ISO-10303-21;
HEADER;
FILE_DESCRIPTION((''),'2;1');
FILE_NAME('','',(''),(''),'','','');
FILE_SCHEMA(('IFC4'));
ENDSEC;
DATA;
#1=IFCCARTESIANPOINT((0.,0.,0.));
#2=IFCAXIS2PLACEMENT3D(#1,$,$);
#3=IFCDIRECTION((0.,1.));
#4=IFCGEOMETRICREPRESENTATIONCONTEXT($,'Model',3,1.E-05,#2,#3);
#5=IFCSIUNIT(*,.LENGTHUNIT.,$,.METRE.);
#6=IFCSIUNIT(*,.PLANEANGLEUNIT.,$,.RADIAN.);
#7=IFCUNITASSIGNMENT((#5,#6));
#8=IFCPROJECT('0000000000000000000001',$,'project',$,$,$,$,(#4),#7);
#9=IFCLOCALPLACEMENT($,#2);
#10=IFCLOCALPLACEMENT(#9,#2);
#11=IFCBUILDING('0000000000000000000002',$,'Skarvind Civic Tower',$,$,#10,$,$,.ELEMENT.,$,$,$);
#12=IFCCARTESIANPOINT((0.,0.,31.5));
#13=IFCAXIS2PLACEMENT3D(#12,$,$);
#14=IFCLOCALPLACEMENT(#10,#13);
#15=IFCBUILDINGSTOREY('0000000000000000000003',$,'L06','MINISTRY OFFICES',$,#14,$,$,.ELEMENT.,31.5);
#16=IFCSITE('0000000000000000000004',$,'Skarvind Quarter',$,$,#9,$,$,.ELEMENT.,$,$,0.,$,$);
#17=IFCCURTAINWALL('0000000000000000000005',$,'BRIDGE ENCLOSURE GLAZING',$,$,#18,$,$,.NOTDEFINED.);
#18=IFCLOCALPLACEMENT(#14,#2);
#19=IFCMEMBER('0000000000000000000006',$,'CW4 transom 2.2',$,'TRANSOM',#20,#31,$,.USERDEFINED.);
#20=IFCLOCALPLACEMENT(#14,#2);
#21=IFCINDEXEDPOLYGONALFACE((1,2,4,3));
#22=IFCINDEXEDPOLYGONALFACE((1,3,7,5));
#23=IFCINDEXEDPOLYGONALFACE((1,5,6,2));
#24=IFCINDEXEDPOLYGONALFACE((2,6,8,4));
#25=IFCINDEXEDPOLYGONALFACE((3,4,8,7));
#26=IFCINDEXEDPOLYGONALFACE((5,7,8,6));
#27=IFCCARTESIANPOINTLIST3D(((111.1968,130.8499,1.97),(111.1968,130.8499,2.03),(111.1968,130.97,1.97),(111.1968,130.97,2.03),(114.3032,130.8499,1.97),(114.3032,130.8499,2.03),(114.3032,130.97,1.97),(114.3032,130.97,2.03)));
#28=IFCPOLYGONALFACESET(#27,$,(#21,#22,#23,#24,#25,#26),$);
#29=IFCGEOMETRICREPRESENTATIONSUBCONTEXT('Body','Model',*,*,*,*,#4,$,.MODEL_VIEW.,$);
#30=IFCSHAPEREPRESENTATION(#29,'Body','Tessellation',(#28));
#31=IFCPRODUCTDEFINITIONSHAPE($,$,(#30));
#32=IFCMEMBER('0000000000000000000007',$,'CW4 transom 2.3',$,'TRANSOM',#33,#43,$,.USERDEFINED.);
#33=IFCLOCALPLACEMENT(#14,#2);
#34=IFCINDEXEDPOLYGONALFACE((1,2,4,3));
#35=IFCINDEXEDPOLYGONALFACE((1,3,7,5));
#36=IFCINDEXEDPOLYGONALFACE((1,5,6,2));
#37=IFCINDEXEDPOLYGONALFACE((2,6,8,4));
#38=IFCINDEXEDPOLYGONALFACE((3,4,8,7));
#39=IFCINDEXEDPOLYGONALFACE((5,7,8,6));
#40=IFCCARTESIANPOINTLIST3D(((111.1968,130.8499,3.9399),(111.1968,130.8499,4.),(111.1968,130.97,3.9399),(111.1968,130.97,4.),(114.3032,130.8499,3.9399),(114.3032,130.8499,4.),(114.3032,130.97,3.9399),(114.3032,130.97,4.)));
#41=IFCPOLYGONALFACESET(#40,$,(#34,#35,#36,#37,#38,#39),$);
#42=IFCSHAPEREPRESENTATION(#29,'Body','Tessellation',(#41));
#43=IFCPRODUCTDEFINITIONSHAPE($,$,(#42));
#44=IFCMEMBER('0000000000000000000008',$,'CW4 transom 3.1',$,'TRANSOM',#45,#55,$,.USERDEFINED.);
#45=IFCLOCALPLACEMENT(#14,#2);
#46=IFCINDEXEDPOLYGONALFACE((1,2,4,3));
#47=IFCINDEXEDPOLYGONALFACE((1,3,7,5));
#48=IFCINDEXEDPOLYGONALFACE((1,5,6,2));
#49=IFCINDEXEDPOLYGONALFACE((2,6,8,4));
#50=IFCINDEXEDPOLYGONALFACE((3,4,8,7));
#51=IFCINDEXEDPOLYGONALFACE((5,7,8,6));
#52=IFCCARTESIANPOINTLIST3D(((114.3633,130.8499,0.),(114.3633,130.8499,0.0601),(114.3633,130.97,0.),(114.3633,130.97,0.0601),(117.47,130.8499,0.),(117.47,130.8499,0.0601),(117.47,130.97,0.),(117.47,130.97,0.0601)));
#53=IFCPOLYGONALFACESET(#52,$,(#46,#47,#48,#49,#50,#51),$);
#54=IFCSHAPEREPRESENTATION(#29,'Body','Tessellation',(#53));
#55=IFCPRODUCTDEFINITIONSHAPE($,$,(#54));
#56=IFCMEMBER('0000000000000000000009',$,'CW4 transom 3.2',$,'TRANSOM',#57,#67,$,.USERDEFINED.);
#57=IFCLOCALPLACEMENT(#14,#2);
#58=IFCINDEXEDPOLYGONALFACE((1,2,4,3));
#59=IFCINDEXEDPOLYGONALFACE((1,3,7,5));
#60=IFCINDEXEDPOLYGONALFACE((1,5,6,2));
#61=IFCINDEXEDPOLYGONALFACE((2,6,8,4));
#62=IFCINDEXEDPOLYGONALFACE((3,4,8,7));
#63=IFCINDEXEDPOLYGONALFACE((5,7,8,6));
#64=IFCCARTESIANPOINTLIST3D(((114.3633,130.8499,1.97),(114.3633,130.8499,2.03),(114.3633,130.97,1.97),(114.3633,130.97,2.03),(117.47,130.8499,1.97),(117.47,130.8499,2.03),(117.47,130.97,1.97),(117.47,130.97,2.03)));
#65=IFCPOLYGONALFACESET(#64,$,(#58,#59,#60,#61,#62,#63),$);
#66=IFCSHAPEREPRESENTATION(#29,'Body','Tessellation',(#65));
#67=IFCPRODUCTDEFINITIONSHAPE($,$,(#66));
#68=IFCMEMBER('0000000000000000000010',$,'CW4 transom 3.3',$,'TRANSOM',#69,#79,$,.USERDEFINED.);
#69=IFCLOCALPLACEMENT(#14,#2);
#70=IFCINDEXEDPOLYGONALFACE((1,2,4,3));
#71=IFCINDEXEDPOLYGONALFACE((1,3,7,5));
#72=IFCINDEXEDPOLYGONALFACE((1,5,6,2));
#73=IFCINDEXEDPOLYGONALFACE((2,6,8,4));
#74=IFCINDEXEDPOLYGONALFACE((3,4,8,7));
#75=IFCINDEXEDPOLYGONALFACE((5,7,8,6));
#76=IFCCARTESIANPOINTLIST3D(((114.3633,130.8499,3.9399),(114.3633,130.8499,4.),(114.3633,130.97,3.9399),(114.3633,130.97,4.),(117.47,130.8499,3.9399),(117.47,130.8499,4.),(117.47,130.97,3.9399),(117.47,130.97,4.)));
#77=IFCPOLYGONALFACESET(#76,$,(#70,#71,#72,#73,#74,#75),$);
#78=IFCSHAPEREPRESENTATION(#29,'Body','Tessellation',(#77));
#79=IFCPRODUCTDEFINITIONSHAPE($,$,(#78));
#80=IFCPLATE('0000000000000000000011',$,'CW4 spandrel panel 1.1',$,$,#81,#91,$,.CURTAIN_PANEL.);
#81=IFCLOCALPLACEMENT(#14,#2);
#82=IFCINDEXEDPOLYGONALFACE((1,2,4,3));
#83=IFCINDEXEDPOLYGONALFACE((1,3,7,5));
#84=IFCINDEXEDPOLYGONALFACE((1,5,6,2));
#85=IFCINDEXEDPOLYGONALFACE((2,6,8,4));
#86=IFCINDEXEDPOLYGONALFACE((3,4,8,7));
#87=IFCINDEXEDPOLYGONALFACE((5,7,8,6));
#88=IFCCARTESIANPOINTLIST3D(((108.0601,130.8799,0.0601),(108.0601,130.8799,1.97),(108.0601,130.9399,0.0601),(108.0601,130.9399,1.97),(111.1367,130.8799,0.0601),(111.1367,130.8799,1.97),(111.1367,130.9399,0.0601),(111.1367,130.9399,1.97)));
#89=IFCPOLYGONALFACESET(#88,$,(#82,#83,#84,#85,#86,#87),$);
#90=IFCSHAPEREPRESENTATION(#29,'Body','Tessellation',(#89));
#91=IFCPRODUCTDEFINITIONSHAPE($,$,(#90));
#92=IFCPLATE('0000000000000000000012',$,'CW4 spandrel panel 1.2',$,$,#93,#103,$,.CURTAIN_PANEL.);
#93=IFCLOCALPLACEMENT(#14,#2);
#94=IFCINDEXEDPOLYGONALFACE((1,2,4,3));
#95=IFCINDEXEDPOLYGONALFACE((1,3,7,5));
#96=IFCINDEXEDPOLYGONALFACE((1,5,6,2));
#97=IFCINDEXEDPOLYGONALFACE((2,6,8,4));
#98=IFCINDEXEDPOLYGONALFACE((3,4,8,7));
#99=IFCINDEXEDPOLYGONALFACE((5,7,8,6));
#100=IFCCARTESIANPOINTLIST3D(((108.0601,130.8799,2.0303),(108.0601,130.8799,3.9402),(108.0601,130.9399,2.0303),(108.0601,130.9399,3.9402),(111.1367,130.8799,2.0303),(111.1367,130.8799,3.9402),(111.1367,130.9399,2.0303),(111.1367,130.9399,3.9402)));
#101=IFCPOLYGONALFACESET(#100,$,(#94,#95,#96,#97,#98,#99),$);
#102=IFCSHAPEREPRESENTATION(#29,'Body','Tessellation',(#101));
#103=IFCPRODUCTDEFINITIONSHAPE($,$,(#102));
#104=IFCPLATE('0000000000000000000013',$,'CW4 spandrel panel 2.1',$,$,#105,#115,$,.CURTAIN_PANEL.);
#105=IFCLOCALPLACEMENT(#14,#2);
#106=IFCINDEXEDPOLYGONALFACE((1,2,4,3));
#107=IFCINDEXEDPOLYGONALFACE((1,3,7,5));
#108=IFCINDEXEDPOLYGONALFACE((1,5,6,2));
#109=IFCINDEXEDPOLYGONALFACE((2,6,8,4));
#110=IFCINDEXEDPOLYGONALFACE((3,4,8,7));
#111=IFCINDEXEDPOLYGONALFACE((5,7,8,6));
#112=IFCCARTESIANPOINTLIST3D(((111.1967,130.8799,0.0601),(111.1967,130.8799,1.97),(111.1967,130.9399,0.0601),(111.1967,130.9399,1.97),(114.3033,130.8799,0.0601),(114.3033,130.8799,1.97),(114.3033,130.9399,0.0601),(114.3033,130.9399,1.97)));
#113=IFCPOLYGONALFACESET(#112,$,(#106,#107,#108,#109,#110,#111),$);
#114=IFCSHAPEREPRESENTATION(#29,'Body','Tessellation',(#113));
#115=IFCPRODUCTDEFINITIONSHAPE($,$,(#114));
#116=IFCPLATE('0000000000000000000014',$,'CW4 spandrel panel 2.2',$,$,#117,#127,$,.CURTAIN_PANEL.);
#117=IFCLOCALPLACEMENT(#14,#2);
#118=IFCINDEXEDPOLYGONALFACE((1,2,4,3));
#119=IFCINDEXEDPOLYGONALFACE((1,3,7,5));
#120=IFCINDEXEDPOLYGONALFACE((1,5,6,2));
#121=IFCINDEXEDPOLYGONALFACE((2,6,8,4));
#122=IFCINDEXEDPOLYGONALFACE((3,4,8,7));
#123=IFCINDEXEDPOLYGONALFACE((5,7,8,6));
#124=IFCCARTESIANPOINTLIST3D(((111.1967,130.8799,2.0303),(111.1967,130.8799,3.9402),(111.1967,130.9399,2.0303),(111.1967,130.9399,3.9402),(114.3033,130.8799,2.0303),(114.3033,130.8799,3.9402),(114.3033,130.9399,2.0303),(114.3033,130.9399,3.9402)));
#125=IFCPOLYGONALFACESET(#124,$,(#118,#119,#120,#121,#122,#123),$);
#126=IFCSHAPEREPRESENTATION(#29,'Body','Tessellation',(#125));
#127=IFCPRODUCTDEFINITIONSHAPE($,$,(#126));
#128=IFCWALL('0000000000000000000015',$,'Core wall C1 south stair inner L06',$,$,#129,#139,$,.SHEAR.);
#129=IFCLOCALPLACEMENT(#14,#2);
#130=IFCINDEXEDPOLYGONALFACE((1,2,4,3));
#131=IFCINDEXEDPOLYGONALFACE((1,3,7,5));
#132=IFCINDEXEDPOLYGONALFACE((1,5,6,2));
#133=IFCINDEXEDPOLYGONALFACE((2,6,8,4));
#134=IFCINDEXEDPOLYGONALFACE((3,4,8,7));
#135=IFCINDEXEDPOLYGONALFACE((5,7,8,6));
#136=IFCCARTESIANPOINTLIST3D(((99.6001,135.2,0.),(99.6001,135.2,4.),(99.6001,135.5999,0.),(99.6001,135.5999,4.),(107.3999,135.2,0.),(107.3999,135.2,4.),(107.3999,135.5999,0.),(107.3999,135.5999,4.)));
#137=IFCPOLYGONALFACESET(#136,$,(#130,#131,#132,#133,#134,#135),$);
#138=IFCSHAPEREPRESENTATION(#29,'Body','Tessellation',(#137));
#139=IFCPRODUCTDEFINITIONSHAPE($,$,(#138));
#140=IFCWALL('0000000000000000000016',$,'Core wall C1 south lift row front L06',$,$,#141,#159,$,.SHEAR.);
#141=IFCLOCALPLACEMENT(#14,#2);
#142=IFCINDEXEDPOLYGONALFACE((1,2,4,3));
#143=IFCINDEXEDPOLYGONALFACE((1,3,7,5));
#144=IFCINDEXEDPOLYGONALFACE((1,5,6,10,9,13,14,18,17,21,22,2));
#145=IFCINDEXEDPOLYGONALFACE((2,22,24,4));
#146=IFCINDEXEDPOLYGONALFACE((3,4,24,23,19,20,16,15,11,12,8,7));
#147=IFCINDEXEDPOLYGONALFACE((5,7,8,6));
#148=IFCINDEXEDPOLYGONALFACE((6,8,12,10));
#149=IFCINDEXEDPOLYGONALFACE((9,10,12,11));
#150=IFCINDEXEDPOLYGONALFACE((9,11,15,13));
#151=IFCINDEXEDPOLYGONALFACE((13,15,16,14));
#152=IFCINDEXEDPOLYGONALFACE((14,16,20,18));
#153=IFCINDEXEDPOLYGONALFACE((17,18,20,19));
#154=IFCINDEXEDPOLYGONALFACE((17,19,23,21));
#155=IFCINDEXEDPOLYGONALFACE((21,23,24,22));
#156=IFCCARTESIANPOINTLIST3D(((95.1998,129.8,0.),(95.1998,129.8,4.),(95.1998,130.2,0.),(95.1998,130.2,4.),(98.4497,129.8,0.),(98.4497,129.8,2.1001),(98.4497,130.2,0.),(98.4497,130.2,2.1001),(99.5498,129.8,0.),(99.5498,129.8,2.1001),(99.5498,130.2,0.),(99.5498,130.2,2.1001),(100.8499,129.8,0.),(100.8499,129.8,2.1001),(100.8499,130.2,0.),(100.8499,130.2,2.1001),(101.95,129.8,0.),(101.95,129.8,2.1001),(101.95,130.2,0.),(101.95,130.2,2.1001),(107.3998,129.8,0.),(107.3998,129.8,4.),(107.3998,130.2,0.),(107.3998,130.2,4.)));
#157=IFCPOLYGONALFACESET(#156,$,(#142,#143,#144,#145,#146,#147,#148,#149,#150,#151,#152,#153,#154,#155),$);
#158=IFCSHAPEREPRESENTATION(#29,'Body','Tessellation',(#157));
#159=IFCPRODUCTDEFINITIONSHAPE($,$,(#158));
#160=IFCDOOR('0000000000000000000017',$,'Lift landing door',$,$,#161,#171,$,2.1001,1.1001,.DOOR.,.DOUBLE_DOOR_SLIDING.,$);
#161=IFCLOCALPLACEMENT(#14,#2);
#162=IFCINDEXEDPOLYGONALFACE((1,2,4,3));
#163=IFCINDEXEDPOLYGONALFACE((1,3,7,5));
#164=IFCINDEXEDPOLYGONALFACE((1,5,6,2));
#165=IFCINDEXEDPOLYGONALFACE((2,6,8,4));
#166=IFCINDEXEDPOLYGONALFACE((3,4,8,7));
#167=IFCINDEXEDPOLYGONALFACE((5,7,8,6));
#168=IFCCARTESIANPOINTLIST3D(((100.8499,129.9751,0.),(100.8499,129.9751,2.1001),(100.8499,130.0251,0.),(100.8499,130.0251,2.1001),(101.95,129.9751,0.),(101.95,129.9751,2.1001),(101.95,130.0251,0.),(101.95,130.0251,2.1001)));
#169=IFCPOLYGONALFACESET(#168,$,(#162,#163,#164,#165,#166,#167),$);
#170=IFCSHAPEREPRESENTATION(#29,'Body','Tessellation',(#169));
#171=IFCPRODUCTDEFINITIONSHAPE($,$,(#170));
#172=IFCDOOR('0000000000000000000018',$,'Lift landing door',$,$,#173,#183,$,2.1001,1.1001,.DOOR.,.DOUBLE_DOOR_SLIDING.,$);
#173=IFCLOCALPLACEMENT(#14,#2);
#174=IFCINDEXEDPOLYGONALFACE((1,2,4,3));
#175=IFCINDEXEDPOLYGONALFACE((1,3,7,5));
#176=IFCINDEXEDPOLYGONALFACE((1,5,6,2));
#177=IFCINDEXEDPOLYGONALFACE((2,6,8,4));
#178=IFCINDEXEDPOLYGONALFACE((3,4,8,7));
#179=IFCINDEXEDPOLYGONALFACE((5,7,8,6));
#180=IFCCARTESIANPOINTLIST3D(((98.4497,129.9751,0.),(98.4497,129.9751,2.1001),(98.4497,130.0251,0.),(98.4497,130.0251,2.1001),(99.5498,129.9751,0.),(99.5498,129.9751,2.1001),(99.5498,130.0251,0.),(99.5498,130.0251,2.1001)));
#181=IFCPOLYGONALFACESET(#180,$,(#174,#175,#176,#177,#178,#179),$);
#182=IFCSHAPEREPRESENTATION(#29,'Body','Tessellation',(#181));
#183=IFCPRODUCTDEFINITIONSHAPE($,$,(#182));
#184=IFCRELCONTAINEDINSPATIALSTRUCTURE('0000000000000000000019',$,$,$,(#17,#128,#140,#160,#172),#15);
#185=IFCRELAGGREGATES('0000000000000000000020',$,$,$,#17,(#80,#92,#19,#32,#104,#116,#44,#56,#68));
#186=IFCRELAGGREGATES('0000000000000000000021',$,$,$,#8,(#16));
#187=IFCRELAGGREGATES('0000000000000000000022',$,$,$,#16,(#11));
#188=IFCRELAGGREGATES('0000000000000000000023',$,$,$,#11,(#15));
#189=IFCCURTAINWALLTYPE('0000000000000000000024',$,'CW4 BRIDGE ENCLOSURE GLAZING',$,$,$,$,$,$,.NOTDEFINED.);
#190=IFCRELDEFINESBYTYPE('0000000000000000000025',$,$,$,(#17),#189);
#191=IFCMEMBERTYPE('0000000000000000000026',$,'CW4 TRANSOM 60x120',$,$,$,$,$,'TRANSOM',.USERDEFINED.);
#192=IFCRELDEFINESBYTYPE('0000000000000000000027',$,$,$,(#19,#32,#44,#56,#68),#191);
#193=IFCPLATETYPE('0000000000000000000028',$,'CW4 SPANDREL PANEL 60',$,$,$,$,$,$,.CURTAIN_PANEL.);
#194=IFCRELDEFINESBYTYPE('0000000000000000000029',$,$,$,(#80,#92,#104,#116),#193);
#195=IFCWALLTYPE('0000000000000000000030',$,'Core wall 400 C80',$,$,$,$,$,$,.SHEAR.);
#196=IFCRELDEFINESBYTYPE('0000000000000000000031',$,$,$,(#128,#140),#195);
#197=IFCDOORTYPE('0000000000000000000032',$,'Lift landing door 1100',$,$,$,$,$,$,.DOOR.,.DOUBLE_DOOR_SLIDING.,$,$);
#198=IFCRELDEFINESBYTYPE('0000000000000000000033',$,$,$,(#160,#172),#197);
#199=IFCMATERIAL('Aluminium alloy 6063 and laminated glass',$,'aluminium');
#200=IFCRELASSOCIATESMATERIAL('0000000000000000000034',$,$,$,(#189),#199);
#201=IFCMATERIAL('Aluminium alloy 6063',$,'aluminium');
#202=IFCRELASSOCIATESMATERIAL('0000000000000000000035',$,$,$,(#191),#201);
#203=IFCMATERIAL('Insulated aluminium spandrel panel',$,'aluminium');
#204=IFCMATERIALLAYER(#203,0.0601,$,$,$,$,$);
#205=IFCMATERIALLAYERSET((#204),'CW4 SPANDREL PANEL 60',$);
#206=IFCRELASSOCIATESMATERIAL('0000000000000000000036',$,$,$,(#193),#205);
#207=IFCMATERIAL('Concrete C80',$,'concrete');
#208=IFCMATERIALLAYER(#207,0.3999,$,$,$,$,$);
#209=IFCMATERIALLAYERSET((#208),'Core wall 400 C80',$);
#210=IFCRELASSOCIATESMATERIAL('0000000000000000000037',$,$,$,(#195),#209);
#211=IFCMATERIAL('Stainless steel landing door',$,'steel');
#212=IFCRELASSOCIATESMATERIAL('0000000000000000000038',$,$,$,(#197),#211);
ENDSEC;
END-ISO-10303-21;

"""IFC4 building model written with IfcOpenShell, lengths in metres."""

from ifc_helpers import new_model, si_unit, direction, frame, frame_2d, origin, origin_2d, place, context, subcontext, project, spatial, rectangle, extrude, material, layer, layer_set, material_profile, profile_set, type_object, element, fill, aggregate, save


model = new_model("IFC4")

# Units and contexts
model_context = context("Model", 3, precision=1e-05, world=origin(), true_north=direction((0.0, 1.0)))
body_context = subcontext(model_context, "Body", "Model", "MODEL_VIEW")
ifc_project = project(units=[si_unit("LENGTHUNIT", "METRE"), si_unit("PLANEANGLEUNIT", "RADIAN")], contexts=[model_context])

# Site, building, storey
site_placement = place(None, origin())
site = spatial("IfcSite", under=ifc_project, at=site_placement, Name="Skarvind Quarter", CompositionType="ELEMENT", RefElevation=0.0)
building_placement = place(site_placement, origin())
building = spatial("IfcBuilding", under=site, at=building_placement, Name="Skarvind Civic Tower", CompositionType="ELEMENT")
storey_placement = place(building_placement, frame((0.0, 0.0, 31.5)))
storey = spatial("IfcBuildingStorey", under=building, at=storey_placement, Name="L06", Description="MINISTRY OFFICES", CompositionType="ELEMENT", Elevation=31.5)

# Curtain wall, members, plates
ifc_material_1 = material(Name="Aluminium alloy 6063 and laminated glass", Category="aluminium")
curtain_wall_type = type_object("IfcCurtainWallType", Name="CW4 BRIDGE ENCLOSURE GLAZING", PredefinedType="NOTDEFINED", material=ifc_material_1)
curtain_wall_placement = place(storey_placement, origin())
curtain_wall = element("IfcCurtainWall", 1, at=curtain_wall_placement, inside=storey, type_object=curtain_wall_type, Name="BRIDGE ENCLOSURE GLAZING", PredefinedType="NOTDEFINED")
ifc_material_2 = material(Name="Aluminium alloy 6063", Category="aluminium")
ifc_material_profile_1 = material_profile(ifc_material_2, rectangle(XDim=0.1201, YDim=0.0601, at=origin_2d()), Name="AL 60x120")
ifc_profile_set_1 = profile_set([ifc_material_profile_1], Name="Aluminium alloy 6063")
member_type_1 = type_object("IfcMemberType", Name="CW4 TRANSOM 60x120", ElementType="TRANSOM", PredefinedType="USERDEFINED", material=ifc_profile_set_1)
member_1_placement = place(storey_placement, frame((111.1968, 130.9099, 2.0), z_axis=(1.0, 0.0, 0.0), x_axis=(0.0, 1.0, 0.0)))
member_1 = element("IfcMember", 2, at=member_1_placement, type_object=member_type_1, Name="CW4 transom 2.2", ObjectType="TRANSOM", PredefinedType="USERDEFINED", context=body_context, shape_type="SweptSolid", body=[
    extrude(rectangle(XDim=0.1201, YDim=0.0601, at=origin_2d()), origin(), (0.0, 0.0, 1.0), 3.1064),
])
member_2_placement = place(storey_placement, frame((111.1968, 130.9099, 3.97), z_axis=(1.0, 0.0, 0.0), x_axis=(0.0, 1.0, 0.0)))
member_2 = element("IfcMember", 3, at=member_2_placement, type_object=member_type_1, Name="CW4 transom 2.3", ObjectType="TRANSOM", PredefinedType="USERDEFINED", context=body_context, shape_type="SweptSolid", body=[
    extrude(rectangle(XDim=0.1201, YDim=0.0601, at=origin_2d()), origin(), (0.0, 0.0, 1.0), 3.1064),
])
member_3_placement = place(storey_placement, frame((114.3633, 130.9099, 0.03), z_axis=(1.0, 0.0, 0.0), x_axis=(0.0, 1.0, 0.0)))
member_3 = element("IfcMember", 4, at=member_3_placement, type_object=member_type_1, Name="CW4 transom 3.1", ObjectType="TRANSOM", PredefinedType="USERDEFINED", context=body_context, shape_type="SweptSolid", body=[
    extrude(rectangle(XDim=0.1201, YDim=0.0601, at=origin_2d()), origin(), (0.0, 0.0, 1.0), 3.1067),
])
member_4_placement = place(storey_placement, frame((114.3633, 130.9099, 2.0), z_axis=(1.0, 0.0, 0.0), x_axis=(0.0, 1.0, 0.0)))
member_4 = element("IfcMember", 5, at=member_4_placement, type_object=member_type_1, Name="CW4 transom 3.2", ObjectType="TRANSOM", PredefinedType="USERDEFINED", context=body_context, shape_type="SweptSolid", body=[
    extrude(rectangle(XDim=0.1201, YDim=0.0601, at=origin_2d()), origin(), (0.0, 0.0, 1.0), 3.1067),
])
member_5_placement = place(storey_placement, frame((114.3633, 130.9099, 3.97), z_axis=(1.0, 0.0, 0.0), x_axis=(0.0, 1.0, 0.0)))
member_5 = element("IfcMember", 6, at=member_5_placement, type_object=member_type_1, Name="CW4 transom 3.3", ObjectType="TRANSOM", PredefinedType="USERDEFINED", context=body_context, shape_type="SweptSolid", body=[
    extrude(rectangle(XDim=0.1201, YDim=0.0601, at=origin_2d()), origin(), (0.0, 0.0, 1.0), 3.1067),
])
ifc_material_3 = material(Name="Insulated aluminium spandrel panel", Category="aluminium")
ifc_layer_1 = layer(ifc_material_3, 0.0601)
ifc_layer_set_1 = layer_set([ifc_layer_1], Name="CW4 SPANDREL PANEL 60")
plate_type = type_object("IfcPlateType", Name="CW4 SPANDREL PANEL 60", PredefinedType="CURTAIN_PANEL", material=ifc_layer_set_1)
plate_1_placement = place(storey_placement, frame((109.5984, 130.9099, 0.0601), z_axis=(0.0, 0.0, 1.0), x_axis=(1.0, 0.0, 0.0)))
plate_1 = element("IfcPlate", 7, at=plate_1_placement, type_object=plate_type, Name="CW4 spandrel panel 1.1", PredefinedType="CURTAIN_PANEL", context=body_context, shape_type="SweptSolid", body=[
    extrude(rectangle(XDim=3.0767, YDim=0.0601, at=origin_2d()), origin(), (0.0, 0.0, 1.0), 1.9099),
])
plate_2_placement = place(storey_placement, frame((109.5984, 130.9099, 2.0303), z_axis=(0.0, 0.0, 1.0), x_axis=(1.0, 0.0, 0.0)))
plate_2 = element("IfcPlate", 8, at=plate_2_placement, type_object=plate_type, Name="CW4 spandrel panel 1.2", PredefinedType="CURTAIN_PANEL", context=body_context, shape_type="SweptSolid", body=[
    extrude(rectangle(XDim=3.0767, YDim=0.0601, at=origin_2d()), origin(), (0.0, 0.0, 1.0), 1.9099),
])
plate_3_placement = place(storey_placement, frame((112.75, 130.9099, 0.0601), z_axis=(0.0, 0.0, 1.0), x_axis=(1.0, 0.0, 0.0)))
plate_3 = element("IfcPlate", 9, at=plate_3_placement, type_object=plate_type, Name="CW4 spandrel panel 2.1", PredefinedType="CURTAIN_PANEL", context=body_context, shape_type="SweptSolid", body=[
    extrude(rectangle(XDim=3.1067, YDim=0.0601, at=origin_2d()), origin(), (0.0, 0.0, 1.0), 1.9099),
])
plate_4_placement = place(storey_placement, frame((112.75, 130.9099, 2.0303), z_axis=(0.0, 0.0, 1.0), x_axis=(1.0, 0.0, 0.0)))
plate_4 = element("IfcPlate", 10, at=plate_4_placement, type_object=plate_type, Name="CW4 spandrel panel 2.2", PredefinedType="CURTAIN_PANEL", context=body_context, shape_type="SweptSolid", body=[
    extrude(rectangle(XDim=3.1067, YDim=0.0601, at=origin_2d()), origin(), (0.0, 0.0, 1.0), 1.9099),
])
aggregate(curtain_wall, [plate_1, plate_2, member_1, member_2, plate_3, plate_4, member_3, member_4, member_5])

# Wall
ifc_material_4 = material(Name="Concrete C80", Category="concrete")
ifc_layer_2 = layer(ifc_material_4, 0.3999)
ifc_layer_set_2 = layer_set([ifc_layer_2], Name="Core wall 400 C80")
wall_type_1 = type_object("IfcWallType", Name="Core wall 400 C80", PredefinedType="SHEAR", material=ifc_layer_set_2)
wall_1_placement = place(storey_placement, frame((107.3999, 135.3999, 0.0), z_axis=(0.0, 0.0, 1.0), x_axis=(-1.0, 0.0, 0.0)))
element("IfcWall", 11, at=wall_1_placement, inside=storey, type_object=wall_type_1, Name="Core wall C1 south stair inner L06", PredefinedType="SHEAR", context=body_context, shape_type="SweptSolid", body=[
    extrude(rectangle(XDim=7.7998, YDim=0.3999, at=frame_2d((3.8999, 0.0))), origin(), (0.0, 0.0, 1.0), 4.0),
])

# Wall, openings, doors
wall_2_placement = place(storey_placement, frame((107.3999, 130.0, 0.0), z_axis=(0.0, 0.0, 1.0), x_axis=(-1.0, 0.0, 0.0)))
wall_2 = element("IfcWall", 12, at=wall_2_placement, inside=storey, type_object=wall_type_1, Name="Core wall C1 south lift row front L06", PredefinedType="SHEAR", context=body_context, shape_type="SweptSolid", body=[
    extrude(rectangle(XDim=12.2, YDim=0.3999, at=frame_2d((6.1001, 0.0))), origin(), (0.0, 0.0, 1.0), 4.0),
])
opening_1_placement = place(wall_2_placement, frame((5.45, 0.0, 0.0)))
opening_1 = element("IfcOpeningElement", 13, at=opening_1_placement, cuts=wall_2, PredefinedType="OPENING", context=body_context, shape_type="SweptSolid", body=[
    extrude(rectangle(XDim=1.1001, YDim=2.1001, at=frame_2d((0.55, 1.05))), frame((0.0, 0.21, 0.0), z_axis=(0.0, -1.0, 0.0), x_axis=(1.0, 0.0, 0.0)), (0.0, 0.0, 1.0), 0.4199),
])
opening_2_placement = place(wall_2_placement, frame((7.8501, 0.0, 0.0)))
opening_2 = element("IfcOpeningElement", 14, at=opening_2_placement, cuts=wall_2, PredefinedType="OPENING", context=body_context, shape_type="SweptSolid", body=[
    extrude(rectangle(XDim=1.1001, YDim=2.1001, at=frame_2d((0.55, 1.05))), frame((0.0, 0.21, 0.0), z_axis=(0.0, -1.0, 0.0), x_axis=(1.0, 0.0, 0.0)), (0.0, 0.0, 1.0), 0.4199),
])
ifc_material_5 = material(Name="Stainless steel landing door", Category="steel")
door_type_1 = type_object("IfcDoorType", Name="Lift landing door 1100", OperationType="DOUBLE_DOOR_SLIDING", PredefinedType="DOOR", material=ifc_material_5)
door_1_placement = place(opening_1_placement, origin())
door_1 = element("IfcDoor", 15, at=door_1_placement, inside=storey, type_object=door_type_1, Name="Lift landing door", OperationType="DOUBLE_DOOR_SLIDING", OverallHeight=2.1001, OverallWidth=1.1001, PredefinedType="DOOR", context=body_context, shape_type="SweptSolid", body=[
    extrude(rectangle(XDim=1.1001, YDim=2.1001, at=frame_2d((0.55, 1.05))), frame((0.0, 0.0249, 0.0), z_axis=(0.0, -1.0, 0.0), x_axis=(1.0, 0.0, 0.0)), (0.0, 0.0, 1.0), 0.05),
])
fill(opening_1, door_1)
door_2_placement = place(opening_2_placement, origin())
door_2 = element("IfcDoor", 16, at=door_2_placement, inside=storey, type_object=door_type_1, Name="Lift landing door", OperationType="DOUBLE_DOOR_SLIDING", OverallHeight=2.1001, OverallWidth=1.1001, PredefinedType="DOOR", context=body_context, shape_type="SweptSolid", body=[
    extrude(rectangle(XDim=1.1001, YDim=2.1001, at=frame_2d((0.55, 1.05))), frame((0.0, 0.0249, 0.0), z_axis=(0.0, -1.0, 0.0), x_axis=(1.0, 0.0, 0.0)), (0.0, 0.0, 1.0), 0.05),
])
fill(opening_2, door_2)

save(model, "model.ifc")
